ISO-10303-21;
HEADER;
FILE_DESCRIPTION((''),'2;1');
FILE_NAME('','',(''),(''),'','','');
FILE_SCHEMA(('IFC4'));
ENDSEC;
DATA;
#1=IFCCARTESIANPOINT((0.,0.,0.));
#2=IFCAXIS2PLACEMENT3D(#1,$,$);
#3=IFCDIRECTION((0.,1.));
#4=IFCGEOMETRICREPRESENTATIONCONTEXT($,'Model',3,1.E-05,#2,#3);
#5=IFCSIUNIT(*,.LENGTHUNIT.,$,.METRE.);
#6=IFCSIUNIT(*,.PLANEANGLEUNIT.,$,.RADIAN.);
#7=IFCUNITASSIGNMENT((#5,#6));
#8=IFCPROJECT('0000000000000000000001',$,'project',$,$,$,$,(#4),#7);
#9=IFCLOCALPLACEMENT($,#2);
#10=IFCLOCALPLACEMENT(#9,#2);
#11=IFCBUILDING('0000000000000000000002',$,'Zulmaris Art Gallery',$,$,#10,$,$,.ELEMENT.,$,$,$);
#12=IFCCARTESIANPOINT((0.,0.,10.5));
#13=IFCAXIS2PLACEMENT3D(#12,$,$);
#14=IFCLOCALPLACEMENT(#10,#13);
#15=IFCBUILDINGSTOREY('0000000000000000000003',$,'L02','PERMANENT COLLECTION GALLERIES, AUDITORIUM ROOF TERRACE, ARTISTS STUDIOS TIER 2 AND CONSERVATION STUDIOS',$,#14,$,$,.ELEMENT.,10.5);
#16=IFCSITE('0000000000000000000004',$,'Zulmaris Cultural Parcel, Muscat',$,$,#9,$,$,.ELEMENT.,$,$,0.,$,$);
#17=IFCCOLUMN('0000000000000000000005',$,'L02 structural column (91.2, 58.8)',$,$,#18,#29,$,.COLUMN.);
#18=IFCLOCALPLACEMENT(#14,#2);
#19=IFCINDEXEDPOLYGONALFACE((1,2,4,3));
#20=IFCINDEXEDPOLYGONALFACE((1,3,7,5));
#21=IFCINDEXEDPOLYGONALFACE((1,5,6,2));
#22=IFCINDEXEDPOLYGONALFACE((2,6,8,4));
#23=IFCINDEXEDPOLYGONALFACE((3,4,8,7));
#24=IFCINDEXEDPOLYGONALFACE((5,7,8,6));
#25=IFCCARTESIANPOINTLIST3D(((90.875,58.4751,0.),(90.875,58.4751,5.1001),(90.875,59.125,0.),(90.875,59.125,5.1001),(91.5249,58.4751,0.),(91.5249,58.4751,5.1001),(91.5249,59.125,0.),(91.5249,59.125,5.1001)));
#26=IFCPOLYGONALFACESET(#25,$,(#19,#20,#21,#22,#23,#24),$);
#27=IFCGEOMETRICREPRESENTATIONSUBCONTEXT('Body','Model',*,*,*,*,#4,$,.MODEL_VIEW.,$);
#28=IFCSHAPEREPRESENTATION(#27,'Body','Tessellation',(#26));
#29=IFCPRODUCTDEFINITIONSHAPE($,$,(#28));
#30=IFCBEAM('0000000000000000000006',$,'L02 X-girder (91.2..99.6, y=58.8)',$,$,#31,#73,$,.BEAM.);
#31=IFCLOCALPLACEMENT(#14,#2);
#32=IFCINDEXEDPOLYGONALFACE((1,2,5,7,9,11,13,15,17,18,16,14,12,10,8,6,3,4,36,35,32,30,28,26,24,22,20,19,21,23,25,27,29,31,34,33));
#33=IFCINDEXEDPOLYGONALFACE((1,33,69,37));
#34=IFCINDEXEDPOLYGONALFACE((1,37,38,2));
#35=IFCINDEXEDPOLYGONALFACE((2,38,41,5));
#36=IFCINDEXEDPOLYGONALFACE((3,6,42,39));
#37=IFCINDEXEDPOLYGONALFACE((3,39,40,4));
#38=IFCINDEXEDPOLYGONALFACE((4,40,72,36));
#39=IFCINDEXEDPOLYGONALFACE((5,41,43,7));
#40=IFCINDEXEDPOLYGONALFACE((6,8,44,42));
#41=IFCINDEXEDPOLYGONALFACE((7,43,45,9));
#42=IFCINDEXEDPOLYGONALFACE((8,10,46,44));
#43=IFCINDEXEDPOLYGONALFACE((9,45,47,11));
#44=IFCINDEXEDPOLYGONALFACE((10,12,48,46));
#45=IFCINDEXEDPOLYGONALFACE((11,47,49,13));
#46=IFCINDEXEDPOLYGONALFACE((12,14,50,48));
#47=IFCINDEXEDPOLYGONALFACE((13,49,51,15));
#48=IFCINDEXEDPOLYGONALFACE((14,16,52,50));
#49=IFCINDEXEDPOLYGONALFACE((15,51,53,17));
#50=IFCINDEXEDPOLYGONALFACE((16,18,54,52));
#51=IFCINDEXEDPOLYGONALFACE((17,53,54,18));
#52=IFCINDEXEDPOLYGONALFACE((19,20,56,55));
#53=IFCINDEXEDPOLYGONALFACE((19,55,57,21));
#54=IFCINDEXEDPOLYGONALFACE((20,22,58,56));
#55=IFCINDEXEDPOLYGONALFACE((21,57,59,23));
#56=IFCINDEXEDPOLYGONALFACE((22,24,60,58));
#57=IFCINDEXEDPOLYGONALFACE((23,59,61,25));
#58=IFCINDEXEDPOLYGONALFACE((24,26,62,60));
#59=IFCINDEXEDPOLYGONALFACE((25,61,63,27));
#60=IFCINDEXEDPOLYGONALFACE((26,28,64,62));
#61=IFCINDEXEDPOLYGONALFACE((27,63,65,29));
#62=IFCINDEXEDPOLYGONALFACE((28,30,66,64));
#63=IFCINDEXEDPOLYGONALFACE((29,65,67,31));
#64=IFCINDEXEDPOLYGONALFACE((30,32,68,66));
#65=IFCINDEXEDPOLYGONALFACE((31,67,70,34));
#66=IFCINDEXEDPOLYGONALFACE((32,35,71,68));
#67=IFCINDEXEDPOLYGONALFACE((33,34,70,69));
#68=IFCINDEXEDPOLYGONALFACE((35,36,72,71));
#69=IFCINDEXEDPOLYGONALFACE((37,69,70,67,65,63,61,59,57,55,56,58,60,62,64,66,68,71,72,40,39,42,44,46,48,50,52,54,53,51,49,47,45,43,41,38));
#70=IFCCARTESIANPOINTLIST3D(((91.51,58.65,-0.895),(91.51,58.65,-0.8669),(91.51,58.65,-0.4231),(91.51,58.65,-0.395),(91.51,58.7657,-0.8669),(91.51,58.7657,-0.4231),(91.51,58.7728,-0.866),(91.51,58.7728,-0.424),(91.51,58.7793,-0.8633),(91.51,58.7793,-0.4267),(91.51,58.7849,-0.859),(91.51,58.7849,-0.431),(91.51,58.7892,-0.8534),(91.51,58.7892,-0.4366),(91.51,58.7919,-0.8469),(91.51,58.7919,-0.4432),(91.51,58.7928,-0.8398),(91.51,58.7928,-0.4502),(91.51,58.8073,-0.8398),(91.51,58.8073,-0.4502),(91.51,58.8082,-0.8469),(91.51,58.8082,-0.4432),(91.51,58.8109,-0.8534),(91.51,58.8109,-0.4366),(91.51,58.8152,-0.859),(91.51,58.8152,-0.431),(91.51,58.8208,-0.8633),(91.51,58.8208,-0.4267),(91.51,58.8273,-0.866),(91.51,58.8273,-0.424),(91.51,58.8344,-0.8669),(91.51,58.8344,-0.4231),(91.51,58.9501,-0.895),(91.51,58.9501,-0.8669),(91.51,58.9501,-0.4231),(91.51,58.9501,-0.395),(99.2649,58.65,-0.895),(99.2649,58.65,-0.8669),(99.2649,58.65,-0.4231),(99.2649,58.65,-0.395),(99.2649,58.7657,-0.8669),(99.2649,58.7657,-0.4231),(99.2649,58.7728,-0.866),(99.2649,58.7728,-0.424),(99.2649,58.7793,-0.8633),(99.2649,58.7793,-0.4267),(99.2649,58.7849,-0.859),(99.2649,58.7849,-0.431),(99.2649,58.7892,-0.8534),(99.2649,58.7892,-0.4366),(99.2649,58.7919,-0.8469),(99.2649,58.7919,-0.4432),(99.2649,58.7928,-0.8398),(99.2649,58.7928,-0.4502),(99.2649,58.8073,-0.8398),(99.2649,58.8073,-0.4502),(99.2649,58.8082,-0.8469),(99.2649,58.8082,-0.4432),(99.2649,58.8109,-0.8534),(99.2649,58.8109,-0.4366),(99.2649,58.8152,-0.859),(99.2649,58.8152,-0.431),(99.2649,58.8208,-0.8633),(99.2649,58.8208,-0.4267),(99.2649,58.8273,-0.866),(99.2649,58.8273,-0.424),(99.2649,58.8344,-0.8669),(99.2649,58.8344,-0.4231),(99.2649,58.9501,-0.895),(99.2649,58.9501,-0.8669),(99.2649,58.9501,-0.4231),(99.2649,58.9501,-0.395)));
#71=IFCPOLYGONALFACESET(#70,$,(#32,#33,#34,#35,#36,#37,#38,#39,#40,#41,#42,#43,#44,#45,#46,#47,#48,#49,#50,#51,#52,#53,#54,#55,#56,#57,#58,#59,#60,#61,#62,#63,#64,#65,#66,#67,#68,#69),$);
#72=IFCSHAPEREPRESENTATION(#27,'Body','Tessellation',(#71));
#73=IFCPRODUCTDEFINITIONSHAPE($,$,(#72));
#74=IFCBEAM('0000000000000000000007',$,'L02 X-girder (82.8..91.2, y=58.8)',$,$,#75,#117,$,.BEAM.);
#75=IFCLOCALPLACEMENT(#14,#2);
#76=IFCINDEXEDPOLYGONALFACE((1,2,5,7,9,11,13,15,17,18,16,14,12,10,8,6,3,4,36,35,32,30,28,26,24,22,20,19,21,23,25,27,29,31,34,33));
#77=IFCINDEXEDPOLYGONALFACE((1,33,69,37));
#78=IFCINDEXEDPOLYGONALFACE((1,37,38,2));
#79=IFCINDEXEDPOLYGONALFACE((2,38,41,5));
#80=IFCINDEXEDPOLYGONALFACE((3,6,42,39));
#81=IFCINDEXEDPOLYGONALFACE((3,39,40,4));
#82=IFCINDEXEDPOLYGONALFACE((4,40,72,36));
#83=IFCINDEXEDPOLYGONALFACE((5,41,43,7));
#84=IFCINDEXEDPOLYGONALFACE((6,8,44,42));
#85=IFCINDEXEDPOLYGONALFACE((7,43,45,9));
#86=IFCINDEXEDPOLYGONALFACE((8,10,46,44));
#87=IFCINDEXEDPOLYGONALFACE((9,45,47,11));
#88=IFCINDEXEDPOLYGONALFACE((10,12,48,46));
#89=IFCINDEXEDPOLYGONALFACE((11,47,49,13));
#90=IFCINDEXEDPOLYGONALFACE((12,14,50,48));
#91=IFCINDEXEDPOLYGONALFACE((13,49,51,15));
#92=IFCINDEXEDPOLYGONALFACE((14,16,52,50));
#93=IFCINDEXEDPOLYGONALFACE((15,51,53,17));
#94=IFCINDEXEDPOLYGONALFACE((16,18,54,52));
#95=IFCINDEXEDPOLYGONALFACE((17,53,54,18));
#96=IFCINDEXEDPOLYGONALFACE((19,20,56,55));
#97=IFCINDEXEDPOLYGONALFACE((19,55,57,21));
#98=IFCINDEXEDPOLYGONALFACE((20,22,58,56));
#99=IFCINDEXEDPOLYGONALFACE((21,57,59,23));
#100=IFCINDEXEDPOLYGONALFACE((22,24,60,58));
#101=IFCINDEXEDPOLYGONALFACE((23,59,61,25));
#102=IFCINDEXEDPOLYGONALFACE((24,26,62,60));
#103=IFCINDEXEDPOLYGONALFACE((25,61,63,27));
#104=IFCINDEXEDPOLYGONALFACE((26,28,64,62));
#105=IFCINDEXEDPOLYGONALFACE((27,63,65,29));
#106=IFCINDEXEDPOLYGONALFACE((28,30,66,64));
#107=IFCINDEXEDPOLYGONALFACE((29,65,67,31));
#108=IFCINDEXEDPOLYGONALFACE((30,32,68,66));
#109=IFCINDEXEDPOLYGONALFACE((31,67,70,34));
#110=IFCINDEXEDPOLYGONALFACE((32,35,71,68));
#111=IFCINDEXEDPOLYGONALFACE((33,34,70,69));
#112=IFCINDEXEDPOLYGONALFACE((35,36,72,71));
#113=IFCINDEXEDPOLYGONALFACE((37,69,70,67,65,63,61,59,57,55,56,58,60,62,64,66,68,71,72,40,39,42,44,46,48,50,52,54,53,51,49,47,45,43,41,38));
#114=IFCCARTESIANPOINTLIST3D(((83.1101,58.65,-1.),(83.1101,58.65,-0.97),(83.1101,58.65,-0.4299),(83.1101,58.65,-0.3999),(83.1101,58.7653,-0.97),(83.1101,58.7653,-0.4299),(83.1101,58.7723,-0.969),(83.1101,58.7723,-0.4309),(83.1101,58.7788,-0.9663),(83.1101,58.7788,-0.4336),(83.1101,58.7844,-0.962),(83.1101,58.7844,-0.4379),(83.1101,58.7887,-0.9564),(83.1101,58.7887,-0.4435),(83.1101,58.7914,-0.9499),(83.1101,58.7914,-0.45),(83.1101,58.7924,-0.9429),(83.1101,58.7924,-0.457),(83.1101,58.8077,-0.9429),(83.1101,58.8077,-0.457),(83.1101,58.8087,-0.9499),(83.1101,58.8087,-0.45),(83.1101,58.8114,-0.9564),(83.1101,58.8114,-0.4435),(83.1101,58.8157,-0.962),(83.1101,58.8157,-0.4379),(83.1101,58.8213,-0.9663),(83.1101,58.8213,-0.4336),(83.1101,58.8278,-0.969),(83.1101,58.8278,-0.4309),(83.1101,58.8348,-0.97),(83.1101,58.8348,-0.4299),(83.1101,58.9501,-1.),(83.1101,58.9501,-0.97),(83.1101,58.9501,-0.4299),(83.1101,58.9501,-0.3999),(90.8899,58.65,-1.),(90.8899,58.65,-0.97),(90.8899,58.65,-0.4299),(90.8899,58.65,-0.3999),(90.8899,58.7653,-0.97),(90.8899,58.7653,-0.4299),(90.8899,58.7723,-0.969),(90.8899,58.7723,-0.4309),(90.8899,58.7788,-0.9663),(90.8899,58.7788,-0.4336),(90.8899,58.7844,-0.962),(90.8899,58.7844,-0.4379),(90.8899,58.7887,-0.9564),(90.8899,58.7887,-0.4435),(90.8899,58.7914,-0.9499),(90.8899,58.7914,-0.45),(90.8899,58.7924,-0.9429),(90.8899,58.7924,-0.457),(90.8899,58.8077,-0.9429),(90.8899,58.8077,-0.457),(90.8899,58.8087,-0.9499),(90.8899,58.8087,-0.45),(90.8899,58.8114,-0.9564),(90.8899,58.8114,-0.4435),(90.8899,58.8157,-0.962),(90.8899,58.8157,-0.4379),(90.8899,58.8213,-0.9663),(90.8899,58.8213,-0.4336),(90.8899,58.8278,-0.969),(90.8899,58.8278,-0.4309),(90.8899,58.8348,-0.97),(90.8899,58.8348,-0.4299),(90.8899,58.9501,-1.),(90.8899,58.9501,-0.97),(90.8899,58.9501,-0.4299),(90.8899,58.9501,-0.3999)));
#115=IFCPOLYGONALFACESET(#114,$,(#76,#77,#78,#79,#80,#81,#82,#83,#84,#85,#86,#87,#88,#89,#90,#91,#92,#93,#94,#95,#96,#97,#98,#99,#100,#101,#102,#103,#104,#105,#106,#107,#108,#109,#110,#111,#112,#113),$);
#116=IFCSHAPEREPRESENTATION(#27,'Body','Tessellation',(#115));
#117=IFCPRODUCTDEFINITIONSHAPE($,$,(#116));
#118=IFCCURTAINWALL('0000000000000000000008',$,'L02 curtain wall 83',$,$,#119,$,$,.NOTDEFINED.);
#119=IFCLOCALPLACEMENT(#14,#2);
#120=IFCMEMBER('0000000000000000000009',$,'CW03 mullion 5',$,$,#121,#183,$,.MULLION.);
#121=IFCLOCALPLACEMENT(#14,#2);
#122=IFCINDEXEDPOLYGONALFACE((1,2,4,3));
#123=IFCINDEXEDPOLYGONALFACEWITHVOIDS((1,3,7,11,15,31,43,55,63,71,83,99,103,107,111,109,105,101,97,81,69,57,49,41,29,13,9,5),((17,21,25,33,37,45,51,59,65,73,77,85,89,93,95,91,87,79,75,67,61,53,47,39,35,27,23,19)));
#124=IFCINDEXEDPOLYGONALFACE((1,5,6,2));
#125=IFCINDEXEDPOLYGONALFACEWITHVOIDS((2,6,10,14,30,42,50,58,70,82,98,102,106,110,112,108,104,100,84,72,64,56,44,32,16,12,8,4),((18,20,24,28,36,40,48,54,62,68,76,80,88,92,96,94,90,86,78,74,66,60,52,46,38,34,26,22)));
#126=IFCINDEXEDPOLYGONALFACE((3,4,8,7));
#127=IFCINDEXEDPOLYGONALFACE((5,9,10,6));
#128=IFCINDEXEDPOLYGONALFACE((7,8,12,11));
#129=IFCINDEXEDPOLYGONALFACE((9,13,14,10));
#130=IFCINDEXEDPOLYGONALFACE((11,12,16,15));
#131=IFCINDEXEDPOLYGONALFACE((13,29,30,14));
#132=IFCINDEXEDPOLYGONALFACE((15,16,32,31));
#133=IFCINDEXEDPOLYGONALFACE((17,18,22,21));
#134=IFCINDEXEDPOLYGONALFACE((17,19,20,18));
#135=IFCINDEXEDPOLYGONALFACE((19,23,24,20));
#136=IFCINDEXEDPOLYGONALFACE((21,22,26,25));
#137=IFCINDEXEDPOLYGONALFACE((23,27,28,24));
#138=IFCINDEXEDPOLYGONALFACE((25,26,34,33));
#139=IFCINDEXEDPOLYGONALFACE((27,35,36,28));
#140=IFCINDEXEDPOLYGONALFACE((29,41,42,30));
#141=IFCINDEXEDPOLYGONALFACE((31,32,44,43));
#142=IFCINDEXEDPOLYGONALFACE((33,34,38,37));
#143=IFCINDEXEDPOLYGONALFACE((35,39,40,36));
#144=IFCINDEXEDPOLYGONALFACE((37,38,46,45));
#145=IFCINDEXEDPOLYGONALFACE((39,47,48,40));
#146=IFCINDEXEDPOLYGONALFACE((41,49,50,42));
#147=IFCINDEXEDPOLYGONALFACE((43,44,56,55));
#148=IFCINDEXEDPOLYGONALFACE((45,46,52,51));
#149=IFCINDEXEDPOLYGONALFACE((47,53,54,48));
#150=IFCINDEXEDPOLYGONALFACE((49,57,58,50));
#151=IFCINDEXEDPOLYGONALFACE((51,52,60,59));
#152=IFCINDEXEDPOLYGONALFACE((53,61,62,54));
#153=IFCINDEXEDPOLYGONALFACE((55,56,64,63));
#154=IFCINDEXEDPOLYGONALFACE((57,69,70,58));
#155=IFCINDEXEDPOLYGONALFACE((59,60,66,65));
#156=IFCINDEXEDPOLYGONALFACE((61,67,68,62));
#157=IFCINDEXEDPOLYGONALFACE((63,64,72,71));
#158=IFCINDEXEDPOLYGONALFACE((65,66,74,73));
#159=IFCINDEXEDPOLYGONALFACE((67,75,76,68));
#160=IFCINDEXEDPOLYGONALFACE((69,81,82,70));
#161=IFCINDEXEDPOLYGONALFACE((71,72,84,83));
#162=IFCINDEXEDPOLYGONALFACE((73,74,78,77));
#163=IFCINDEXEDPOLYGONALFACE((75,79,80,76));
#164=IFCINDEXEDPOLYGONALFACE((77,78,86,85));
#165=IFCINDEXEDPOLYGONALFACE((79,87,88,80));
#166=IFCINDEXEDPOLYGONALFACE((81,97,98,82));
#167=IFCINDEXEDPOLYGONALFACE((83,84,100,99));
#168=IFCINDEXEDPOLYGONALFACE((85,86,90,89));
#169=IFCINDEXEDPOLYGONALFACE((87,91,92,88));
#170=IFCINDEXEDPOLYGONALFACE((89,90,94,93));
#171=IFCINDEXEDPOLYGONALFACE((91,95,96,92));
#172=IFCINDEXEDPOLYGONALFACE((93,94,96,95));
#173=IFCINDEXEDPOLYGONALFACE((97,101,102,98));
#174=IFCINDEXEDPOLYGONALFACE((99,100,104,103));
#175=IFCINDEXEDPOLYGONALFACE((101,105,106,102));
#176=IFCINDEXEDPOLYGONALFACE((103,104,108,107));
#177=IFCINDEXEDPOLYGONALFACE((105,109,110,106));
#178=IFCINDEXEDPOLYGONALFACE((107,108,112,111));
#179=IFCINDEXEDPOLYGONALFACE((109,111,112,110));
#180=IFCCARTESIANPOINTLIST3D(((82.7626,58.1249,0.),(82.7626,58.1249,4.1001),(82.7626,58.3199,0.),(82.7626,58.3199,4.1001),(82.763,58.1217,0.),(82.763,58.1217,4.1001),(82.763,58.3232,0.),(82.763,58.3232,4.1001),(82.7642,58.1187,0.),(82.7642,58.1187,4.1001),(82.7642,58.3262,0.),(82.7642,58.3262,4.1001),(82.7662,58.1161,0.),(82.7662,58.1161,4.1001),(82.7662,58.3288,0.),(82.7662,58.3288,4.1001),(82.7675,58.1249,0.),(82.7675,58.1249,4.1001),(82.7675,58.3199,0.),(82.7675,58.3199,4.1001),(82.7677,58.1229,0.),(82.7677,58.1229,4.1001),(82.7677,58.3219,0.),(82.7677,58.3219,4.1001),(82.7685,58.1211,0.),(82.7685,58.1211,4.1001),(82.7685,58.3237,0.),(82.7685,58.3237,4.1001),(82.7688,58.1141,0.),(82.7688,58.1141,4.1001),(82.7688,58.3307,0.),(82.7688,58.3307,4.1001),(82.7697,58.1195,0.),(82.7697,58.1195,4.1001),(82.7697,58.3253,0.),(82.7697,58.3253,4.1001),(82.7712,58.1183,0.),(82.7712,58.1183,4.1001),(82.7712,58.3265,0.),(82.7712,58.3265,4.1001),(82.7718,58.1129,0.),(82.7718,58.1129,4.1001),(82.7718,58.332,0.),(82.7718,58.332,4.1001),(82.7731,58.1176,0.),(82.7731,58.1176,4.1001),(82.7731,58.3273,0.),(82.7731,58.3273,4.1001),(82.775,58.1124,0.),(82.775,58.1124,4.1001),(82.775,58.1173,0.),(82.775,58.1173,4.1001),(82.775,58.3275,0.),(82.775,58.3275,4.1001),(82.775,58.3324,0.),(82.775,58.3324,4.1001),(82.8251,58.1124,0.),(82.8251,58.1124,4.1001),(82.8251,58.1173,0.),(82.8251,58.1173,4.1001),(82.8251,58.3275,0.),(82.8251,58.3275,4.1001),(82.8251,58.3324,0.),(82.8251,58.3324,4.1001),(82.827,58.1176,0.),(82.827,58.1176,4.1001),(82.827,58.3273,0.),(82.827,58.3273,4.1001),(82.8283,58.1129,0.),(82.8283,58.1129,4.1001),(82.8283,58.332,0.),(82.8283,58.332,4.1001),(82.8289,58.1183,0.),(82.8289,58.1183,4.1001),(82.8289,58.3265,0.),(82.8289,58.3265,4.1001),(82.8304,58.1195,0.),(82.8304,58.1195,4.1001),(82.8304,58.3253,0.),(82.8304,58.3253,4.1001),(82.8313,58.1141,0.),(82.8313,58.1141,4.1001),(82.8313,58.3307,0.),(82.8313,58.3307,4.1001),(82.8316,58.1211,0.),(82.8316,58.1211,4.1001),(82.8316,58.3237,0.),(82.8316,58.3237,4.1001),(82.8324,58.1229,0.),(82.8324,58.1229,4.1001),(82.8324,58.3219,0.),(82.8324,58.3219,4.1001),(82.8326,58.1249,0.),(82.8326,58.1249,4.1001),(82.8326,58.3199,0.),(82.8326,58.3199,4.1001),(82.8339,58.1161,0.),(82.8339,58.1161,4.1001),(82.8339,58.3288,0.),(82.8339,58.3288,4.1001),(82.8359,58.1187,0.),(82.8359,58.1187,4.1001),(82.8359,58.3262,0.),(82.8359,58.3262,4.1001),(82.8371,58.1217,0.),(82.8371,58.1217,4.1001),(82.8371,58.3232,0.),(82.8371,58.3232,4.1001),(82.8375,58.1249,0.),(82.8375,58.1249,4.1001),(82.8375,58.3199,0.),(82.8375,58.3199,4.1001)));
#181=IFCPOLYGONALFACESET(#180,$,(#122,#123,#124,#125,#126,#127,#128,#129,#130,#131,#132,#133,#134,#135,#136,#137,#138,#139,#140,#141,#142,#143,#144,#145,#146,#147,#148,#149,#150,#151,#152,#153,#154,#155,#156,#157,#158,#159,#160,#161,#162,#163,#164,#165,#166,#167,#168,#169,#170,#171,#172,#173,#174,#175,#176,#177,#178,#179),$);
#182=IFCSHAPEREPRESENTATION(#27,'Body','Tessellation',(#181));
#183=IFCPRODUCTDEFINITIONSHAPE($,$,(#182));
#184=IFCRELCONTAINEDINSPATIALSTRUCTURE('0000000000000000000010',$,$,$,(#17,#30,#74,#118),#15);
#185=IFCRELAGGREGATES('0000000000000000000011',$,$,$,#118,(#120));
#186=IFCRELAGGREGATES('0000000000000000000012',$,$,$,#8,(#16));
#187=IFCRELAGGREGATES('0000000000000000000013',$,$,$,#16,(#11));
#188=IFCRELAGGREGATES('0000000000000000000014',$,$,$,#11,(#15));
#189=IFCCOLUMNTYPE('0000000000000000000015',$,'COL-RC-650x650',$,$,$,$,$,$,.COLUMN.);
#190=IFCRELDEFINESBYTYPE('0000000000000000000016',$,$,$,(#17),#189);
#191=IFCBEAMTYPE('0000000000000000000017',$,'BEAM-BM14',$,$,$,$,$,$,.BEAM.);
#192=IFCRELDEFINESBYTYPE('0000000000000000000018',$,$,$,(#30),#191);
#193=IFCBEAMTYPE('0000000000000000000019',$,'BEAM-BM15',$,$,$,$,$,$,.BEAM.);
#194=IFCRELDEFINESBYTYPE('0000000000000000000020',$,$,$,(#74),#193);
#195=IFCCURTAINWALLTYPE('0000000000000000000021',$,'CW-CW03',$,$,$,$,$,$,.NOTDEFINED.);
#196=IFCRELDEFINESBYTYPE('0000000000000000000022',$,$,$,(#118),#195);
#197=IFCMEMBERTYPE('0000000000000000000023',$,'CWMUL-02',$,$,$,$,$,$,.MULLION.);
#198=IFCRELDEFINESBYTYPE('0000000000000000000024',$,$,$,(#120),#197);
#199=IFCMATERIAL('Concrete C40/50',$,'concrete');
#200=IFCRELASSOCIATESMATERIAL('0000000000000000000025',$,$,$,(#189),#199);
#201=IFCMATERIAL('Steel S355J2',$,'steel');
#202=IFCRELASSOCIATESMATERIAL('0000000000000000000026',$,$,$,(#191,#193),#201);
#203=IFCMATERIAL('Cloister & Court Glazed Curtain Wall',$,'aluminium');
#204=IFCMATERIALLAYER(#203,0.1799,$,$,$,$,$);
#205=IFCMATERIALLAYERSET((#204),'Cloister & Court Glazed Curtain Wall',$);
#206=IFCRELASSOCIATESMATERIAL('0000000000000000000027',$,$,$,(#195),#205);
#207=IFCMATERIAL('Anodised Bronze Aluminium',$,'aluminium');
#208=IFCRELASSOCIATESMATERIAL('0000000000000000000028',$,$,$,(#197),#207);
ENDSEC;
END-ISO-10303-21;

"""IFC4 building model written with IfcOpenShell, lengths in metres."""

from ifc_helpers import new_model, si_unit, direction, frame, origin, origin_2d, place, context, subcontext, project, spatial, rectangle, hollow_rectangle, i_section, extrude, material, layer, layer_set, material_profile, profile_set, type_object, element, aggregate, save


model = new_model("IFC4")

# Units and contexts
model_context = context("Model", 3, precision=1e-05, world=origin(), true_north=direction((0.0, 1.0)))
body_context = subcontext(model_context, "Body", "Model", "MODEL_VIEW")
ifc_project = project(units=[si_unit("LENGTHUNIT", "METRE"), si_unit("PLANEANGLEUNIT", "RADIAN")], contexts=[model_context])

# Site, building, storey
site_placement = place(None, origin())
site = spatial("IfcSite", under=ifc_project, at=site_placement, Name="Zulmaris Cultural Parcel, Muscat", CompositionType="ELEMENT", RefElevation=0.0)
building_placement = place(site_placement, origin())
building = spatial("IfcBuilding", under=site, at=building_placement, Name="Zulmaris Art Gallery", CompositionType="ELEMENT")
storey_placement = place(building_placement, frame((0.0, 0.0, 10.5)))
storey = spatial("IfcBuildingStorey", under=building, at=storey_placement, Name="L02", Description="PERMANENT COLLECTION GALLERIES, AUDITORIUM ROOF TERRACE, ARTISTS STUDIOS TIER 2 AND CONSERVATION STUDIOS", CompositionType="ELEMENT", Elevation=10.5)

# Column
ifc_material_1 = material(Name="Concrete C40/50", Category="concrete")
ifc_material_profile_1 = material_profile(ifc_material_1, rectangle(XDim=0.6499, YDim=0.6499, at=origin_2d()), Name="RC 650x650")
ifc_profile_set_1 = profile_set([ifc_material_profile_1], Name="Concrete C40/50")
column_type = type_object("IfcColumnType", Name="COL-RC-650x650", PredefinedType="COLUMN", material=ifc_profile_set_1)
column_placement = place(storey_placement, frame((91.2, 58.8, 0.0), z_axis=(0.0, 0.0, 1.0), x_axis=(1.0, 0.0, 0.0)))
element("IfcColumn", 1, at=column_placement, inside=storey, type_object=column_type, Name="L02 structural column (91.2, 58.8)", PredefinedType="COLUMN", context=body_context, shape_type="SweptSolid", body=[
    extrude(rectangle(XDim=0.6499, YDim=0.6499, at=origin_2d()), origin(), (0.0, 0.0, 1.0), 5.1001),
])

# Beams
ifc_material_2 = material(Name="Steel S355J2", Category="steel")
ifc_material_profile_2 = material_profile(ifc_material_2, i_section(OverallWidth=0.3, OverallDepth=0.5, WebThickness=0.0144, FlangeThickness=0.0281, FilletRadius=0.0271, at=origin_2d()), Name="HEB 500")
ifc_profile_set_2 = profile_set([ifc_material_profile_2], Name="Steel S355J2")
beam_type_1 = type_object("IfcBeamType", Name="BEAM-BM14", PredefinedType="BEAM", material=ifc_profile_set_2)
beam_1_placement = place(storey_placement, frame((91.51, 58.8, -0.645), z_axis=(1.0, 0.0, 0.0), x_axis=(0.0, 1.0, 0.0)))
element("IfcBeam", 2, at=beam_1_placement, inside=storey, type_object=beam_type_1, Name="L02 X-girder (91.2..99.6, y=58.8)", PredefinedType="BEAM", context=body_context, shape_type="SweptSolid", body=[
    extrude(i_section(OverallWidth=0.3, OverallDepth=0.5, WebThickness=0.0144, FlangeThickness=0.0281, FilletRadius=0.0271, at=origin_2d()), origin(), (0.0, 0.0, 1.0), 7.7549),
])
ifc_material_profile_3 = material_profile(ifc_material_2, i_section(OverallWidth=0.3, OverallDepth=0.6001, WebThickness=0.0154, FlangeThickness=0.03, FilletRadius=0.0271, at=origin_2d()), Name="HEB 600")
ifc_profile_set_3 = profile_set([ifc_material_profile_3], Name="Steel S355J2")
beam_type_2 = type_object("IfcBeamType", Name="BEAM-BM15", PredefinedType="BEAM", material=ifc_profile_set_3)
beam_2_placement = place(storey_placement, frame((83.1101, 58.8, -0.7), z_axis=(1.0, 0.0, 0.0), x_axis=(0.0, 1.0, 0.0)))
element("IfcBeam", 3, at=beam_2_placement, inside=storey, type_object=beam_type_2, Name="L02 X-girder (82.8..91.2, y=58.8)", PredefinedType="BEAM", context=body_context, shape_type="SweptSolid", body=[
    extrude(i_section(OverallWidth=0.3, OverallDepth=0.6001, WebThickness=0.0154, FlangeThickness=0.03, FilletRadius=0.0271, at=origin_2d()), origin(), (0.0, 0.0, 1.0), 7.7798),
])

# Curtain wall, member
ifc_material_3 = material(Name="Cloister & Court Glazed Curtain Wall", Category="aluminium")
ifc_layer_1 = layer(ifc_material_3, 0.1799)
ifc_layer_set_1 = layer_set([ifc_layer_1], Name="Cloister & Court Glazed Curtain Wall")
curtain_wall_type_1 = type_object("IfcCurtainWallType", Name="CW-CW03", PredefinedType="NOTDEFINED", material=ifc_layer_set_1)
curtain_wall_1_placement = place(storey_placement, origin())
curtain_wall_1 = element("IfcCurtainWall", 4, at=curtain_wall_1_placement, inside=storey, type_object=curtain_wall_type_1, Name="L02 curtain wall 83", PredefinedType="NOTDEFINED")
ifc_material_4 = material(Name="Anodised Bronze Aluminium", Category="aluminium")
ifc_material_profile_4 = material_profile(ifc_material_4, hollow_rectangle(XDim=0.075, YDim=0.22, WallThickness=0.0049, InnerFilletRadius=0.0076, OuterFilletRadius=0.0125, at=origin_2d()), Name="ALU 75x220x5")
ifc_profile_set_4 = profile_set([ifc_material_profile_4], Name="Anodised Bronze Aluminium")
member_type_1 = type_object("IfcMemberType", Name="CWMUL-02", PredefinedType="MULLION", material=ifc_profile_set_4)
member_1_placement = place(storey_placement, frame((82.8, 58.2224, 0.0), z_axis=(0.0, 0.0, 1.0), x_axis=(-1.0, 0.0, 0.0)))
member_1 = element("IfcMember", 5, at=member_1_placement, type_object=member_type_1, Name="CW03 mullion 5", PredefinedType="MULLION", context=body_context, shape_type="SweptSolid", body=[
    extrude(hollow_rectangle(XDim=0.075, YDim=0.22, WallThickness=0.0049, InnerFilletRadius=0.0076, OuterFilletRadius=0.0125, at=origin_2d()), origin(), (0.0, 0.0, 1.0), 4.1001),
])

aggregate(curtain_wall_1, [member_1])

save(model, "model.ifc")
